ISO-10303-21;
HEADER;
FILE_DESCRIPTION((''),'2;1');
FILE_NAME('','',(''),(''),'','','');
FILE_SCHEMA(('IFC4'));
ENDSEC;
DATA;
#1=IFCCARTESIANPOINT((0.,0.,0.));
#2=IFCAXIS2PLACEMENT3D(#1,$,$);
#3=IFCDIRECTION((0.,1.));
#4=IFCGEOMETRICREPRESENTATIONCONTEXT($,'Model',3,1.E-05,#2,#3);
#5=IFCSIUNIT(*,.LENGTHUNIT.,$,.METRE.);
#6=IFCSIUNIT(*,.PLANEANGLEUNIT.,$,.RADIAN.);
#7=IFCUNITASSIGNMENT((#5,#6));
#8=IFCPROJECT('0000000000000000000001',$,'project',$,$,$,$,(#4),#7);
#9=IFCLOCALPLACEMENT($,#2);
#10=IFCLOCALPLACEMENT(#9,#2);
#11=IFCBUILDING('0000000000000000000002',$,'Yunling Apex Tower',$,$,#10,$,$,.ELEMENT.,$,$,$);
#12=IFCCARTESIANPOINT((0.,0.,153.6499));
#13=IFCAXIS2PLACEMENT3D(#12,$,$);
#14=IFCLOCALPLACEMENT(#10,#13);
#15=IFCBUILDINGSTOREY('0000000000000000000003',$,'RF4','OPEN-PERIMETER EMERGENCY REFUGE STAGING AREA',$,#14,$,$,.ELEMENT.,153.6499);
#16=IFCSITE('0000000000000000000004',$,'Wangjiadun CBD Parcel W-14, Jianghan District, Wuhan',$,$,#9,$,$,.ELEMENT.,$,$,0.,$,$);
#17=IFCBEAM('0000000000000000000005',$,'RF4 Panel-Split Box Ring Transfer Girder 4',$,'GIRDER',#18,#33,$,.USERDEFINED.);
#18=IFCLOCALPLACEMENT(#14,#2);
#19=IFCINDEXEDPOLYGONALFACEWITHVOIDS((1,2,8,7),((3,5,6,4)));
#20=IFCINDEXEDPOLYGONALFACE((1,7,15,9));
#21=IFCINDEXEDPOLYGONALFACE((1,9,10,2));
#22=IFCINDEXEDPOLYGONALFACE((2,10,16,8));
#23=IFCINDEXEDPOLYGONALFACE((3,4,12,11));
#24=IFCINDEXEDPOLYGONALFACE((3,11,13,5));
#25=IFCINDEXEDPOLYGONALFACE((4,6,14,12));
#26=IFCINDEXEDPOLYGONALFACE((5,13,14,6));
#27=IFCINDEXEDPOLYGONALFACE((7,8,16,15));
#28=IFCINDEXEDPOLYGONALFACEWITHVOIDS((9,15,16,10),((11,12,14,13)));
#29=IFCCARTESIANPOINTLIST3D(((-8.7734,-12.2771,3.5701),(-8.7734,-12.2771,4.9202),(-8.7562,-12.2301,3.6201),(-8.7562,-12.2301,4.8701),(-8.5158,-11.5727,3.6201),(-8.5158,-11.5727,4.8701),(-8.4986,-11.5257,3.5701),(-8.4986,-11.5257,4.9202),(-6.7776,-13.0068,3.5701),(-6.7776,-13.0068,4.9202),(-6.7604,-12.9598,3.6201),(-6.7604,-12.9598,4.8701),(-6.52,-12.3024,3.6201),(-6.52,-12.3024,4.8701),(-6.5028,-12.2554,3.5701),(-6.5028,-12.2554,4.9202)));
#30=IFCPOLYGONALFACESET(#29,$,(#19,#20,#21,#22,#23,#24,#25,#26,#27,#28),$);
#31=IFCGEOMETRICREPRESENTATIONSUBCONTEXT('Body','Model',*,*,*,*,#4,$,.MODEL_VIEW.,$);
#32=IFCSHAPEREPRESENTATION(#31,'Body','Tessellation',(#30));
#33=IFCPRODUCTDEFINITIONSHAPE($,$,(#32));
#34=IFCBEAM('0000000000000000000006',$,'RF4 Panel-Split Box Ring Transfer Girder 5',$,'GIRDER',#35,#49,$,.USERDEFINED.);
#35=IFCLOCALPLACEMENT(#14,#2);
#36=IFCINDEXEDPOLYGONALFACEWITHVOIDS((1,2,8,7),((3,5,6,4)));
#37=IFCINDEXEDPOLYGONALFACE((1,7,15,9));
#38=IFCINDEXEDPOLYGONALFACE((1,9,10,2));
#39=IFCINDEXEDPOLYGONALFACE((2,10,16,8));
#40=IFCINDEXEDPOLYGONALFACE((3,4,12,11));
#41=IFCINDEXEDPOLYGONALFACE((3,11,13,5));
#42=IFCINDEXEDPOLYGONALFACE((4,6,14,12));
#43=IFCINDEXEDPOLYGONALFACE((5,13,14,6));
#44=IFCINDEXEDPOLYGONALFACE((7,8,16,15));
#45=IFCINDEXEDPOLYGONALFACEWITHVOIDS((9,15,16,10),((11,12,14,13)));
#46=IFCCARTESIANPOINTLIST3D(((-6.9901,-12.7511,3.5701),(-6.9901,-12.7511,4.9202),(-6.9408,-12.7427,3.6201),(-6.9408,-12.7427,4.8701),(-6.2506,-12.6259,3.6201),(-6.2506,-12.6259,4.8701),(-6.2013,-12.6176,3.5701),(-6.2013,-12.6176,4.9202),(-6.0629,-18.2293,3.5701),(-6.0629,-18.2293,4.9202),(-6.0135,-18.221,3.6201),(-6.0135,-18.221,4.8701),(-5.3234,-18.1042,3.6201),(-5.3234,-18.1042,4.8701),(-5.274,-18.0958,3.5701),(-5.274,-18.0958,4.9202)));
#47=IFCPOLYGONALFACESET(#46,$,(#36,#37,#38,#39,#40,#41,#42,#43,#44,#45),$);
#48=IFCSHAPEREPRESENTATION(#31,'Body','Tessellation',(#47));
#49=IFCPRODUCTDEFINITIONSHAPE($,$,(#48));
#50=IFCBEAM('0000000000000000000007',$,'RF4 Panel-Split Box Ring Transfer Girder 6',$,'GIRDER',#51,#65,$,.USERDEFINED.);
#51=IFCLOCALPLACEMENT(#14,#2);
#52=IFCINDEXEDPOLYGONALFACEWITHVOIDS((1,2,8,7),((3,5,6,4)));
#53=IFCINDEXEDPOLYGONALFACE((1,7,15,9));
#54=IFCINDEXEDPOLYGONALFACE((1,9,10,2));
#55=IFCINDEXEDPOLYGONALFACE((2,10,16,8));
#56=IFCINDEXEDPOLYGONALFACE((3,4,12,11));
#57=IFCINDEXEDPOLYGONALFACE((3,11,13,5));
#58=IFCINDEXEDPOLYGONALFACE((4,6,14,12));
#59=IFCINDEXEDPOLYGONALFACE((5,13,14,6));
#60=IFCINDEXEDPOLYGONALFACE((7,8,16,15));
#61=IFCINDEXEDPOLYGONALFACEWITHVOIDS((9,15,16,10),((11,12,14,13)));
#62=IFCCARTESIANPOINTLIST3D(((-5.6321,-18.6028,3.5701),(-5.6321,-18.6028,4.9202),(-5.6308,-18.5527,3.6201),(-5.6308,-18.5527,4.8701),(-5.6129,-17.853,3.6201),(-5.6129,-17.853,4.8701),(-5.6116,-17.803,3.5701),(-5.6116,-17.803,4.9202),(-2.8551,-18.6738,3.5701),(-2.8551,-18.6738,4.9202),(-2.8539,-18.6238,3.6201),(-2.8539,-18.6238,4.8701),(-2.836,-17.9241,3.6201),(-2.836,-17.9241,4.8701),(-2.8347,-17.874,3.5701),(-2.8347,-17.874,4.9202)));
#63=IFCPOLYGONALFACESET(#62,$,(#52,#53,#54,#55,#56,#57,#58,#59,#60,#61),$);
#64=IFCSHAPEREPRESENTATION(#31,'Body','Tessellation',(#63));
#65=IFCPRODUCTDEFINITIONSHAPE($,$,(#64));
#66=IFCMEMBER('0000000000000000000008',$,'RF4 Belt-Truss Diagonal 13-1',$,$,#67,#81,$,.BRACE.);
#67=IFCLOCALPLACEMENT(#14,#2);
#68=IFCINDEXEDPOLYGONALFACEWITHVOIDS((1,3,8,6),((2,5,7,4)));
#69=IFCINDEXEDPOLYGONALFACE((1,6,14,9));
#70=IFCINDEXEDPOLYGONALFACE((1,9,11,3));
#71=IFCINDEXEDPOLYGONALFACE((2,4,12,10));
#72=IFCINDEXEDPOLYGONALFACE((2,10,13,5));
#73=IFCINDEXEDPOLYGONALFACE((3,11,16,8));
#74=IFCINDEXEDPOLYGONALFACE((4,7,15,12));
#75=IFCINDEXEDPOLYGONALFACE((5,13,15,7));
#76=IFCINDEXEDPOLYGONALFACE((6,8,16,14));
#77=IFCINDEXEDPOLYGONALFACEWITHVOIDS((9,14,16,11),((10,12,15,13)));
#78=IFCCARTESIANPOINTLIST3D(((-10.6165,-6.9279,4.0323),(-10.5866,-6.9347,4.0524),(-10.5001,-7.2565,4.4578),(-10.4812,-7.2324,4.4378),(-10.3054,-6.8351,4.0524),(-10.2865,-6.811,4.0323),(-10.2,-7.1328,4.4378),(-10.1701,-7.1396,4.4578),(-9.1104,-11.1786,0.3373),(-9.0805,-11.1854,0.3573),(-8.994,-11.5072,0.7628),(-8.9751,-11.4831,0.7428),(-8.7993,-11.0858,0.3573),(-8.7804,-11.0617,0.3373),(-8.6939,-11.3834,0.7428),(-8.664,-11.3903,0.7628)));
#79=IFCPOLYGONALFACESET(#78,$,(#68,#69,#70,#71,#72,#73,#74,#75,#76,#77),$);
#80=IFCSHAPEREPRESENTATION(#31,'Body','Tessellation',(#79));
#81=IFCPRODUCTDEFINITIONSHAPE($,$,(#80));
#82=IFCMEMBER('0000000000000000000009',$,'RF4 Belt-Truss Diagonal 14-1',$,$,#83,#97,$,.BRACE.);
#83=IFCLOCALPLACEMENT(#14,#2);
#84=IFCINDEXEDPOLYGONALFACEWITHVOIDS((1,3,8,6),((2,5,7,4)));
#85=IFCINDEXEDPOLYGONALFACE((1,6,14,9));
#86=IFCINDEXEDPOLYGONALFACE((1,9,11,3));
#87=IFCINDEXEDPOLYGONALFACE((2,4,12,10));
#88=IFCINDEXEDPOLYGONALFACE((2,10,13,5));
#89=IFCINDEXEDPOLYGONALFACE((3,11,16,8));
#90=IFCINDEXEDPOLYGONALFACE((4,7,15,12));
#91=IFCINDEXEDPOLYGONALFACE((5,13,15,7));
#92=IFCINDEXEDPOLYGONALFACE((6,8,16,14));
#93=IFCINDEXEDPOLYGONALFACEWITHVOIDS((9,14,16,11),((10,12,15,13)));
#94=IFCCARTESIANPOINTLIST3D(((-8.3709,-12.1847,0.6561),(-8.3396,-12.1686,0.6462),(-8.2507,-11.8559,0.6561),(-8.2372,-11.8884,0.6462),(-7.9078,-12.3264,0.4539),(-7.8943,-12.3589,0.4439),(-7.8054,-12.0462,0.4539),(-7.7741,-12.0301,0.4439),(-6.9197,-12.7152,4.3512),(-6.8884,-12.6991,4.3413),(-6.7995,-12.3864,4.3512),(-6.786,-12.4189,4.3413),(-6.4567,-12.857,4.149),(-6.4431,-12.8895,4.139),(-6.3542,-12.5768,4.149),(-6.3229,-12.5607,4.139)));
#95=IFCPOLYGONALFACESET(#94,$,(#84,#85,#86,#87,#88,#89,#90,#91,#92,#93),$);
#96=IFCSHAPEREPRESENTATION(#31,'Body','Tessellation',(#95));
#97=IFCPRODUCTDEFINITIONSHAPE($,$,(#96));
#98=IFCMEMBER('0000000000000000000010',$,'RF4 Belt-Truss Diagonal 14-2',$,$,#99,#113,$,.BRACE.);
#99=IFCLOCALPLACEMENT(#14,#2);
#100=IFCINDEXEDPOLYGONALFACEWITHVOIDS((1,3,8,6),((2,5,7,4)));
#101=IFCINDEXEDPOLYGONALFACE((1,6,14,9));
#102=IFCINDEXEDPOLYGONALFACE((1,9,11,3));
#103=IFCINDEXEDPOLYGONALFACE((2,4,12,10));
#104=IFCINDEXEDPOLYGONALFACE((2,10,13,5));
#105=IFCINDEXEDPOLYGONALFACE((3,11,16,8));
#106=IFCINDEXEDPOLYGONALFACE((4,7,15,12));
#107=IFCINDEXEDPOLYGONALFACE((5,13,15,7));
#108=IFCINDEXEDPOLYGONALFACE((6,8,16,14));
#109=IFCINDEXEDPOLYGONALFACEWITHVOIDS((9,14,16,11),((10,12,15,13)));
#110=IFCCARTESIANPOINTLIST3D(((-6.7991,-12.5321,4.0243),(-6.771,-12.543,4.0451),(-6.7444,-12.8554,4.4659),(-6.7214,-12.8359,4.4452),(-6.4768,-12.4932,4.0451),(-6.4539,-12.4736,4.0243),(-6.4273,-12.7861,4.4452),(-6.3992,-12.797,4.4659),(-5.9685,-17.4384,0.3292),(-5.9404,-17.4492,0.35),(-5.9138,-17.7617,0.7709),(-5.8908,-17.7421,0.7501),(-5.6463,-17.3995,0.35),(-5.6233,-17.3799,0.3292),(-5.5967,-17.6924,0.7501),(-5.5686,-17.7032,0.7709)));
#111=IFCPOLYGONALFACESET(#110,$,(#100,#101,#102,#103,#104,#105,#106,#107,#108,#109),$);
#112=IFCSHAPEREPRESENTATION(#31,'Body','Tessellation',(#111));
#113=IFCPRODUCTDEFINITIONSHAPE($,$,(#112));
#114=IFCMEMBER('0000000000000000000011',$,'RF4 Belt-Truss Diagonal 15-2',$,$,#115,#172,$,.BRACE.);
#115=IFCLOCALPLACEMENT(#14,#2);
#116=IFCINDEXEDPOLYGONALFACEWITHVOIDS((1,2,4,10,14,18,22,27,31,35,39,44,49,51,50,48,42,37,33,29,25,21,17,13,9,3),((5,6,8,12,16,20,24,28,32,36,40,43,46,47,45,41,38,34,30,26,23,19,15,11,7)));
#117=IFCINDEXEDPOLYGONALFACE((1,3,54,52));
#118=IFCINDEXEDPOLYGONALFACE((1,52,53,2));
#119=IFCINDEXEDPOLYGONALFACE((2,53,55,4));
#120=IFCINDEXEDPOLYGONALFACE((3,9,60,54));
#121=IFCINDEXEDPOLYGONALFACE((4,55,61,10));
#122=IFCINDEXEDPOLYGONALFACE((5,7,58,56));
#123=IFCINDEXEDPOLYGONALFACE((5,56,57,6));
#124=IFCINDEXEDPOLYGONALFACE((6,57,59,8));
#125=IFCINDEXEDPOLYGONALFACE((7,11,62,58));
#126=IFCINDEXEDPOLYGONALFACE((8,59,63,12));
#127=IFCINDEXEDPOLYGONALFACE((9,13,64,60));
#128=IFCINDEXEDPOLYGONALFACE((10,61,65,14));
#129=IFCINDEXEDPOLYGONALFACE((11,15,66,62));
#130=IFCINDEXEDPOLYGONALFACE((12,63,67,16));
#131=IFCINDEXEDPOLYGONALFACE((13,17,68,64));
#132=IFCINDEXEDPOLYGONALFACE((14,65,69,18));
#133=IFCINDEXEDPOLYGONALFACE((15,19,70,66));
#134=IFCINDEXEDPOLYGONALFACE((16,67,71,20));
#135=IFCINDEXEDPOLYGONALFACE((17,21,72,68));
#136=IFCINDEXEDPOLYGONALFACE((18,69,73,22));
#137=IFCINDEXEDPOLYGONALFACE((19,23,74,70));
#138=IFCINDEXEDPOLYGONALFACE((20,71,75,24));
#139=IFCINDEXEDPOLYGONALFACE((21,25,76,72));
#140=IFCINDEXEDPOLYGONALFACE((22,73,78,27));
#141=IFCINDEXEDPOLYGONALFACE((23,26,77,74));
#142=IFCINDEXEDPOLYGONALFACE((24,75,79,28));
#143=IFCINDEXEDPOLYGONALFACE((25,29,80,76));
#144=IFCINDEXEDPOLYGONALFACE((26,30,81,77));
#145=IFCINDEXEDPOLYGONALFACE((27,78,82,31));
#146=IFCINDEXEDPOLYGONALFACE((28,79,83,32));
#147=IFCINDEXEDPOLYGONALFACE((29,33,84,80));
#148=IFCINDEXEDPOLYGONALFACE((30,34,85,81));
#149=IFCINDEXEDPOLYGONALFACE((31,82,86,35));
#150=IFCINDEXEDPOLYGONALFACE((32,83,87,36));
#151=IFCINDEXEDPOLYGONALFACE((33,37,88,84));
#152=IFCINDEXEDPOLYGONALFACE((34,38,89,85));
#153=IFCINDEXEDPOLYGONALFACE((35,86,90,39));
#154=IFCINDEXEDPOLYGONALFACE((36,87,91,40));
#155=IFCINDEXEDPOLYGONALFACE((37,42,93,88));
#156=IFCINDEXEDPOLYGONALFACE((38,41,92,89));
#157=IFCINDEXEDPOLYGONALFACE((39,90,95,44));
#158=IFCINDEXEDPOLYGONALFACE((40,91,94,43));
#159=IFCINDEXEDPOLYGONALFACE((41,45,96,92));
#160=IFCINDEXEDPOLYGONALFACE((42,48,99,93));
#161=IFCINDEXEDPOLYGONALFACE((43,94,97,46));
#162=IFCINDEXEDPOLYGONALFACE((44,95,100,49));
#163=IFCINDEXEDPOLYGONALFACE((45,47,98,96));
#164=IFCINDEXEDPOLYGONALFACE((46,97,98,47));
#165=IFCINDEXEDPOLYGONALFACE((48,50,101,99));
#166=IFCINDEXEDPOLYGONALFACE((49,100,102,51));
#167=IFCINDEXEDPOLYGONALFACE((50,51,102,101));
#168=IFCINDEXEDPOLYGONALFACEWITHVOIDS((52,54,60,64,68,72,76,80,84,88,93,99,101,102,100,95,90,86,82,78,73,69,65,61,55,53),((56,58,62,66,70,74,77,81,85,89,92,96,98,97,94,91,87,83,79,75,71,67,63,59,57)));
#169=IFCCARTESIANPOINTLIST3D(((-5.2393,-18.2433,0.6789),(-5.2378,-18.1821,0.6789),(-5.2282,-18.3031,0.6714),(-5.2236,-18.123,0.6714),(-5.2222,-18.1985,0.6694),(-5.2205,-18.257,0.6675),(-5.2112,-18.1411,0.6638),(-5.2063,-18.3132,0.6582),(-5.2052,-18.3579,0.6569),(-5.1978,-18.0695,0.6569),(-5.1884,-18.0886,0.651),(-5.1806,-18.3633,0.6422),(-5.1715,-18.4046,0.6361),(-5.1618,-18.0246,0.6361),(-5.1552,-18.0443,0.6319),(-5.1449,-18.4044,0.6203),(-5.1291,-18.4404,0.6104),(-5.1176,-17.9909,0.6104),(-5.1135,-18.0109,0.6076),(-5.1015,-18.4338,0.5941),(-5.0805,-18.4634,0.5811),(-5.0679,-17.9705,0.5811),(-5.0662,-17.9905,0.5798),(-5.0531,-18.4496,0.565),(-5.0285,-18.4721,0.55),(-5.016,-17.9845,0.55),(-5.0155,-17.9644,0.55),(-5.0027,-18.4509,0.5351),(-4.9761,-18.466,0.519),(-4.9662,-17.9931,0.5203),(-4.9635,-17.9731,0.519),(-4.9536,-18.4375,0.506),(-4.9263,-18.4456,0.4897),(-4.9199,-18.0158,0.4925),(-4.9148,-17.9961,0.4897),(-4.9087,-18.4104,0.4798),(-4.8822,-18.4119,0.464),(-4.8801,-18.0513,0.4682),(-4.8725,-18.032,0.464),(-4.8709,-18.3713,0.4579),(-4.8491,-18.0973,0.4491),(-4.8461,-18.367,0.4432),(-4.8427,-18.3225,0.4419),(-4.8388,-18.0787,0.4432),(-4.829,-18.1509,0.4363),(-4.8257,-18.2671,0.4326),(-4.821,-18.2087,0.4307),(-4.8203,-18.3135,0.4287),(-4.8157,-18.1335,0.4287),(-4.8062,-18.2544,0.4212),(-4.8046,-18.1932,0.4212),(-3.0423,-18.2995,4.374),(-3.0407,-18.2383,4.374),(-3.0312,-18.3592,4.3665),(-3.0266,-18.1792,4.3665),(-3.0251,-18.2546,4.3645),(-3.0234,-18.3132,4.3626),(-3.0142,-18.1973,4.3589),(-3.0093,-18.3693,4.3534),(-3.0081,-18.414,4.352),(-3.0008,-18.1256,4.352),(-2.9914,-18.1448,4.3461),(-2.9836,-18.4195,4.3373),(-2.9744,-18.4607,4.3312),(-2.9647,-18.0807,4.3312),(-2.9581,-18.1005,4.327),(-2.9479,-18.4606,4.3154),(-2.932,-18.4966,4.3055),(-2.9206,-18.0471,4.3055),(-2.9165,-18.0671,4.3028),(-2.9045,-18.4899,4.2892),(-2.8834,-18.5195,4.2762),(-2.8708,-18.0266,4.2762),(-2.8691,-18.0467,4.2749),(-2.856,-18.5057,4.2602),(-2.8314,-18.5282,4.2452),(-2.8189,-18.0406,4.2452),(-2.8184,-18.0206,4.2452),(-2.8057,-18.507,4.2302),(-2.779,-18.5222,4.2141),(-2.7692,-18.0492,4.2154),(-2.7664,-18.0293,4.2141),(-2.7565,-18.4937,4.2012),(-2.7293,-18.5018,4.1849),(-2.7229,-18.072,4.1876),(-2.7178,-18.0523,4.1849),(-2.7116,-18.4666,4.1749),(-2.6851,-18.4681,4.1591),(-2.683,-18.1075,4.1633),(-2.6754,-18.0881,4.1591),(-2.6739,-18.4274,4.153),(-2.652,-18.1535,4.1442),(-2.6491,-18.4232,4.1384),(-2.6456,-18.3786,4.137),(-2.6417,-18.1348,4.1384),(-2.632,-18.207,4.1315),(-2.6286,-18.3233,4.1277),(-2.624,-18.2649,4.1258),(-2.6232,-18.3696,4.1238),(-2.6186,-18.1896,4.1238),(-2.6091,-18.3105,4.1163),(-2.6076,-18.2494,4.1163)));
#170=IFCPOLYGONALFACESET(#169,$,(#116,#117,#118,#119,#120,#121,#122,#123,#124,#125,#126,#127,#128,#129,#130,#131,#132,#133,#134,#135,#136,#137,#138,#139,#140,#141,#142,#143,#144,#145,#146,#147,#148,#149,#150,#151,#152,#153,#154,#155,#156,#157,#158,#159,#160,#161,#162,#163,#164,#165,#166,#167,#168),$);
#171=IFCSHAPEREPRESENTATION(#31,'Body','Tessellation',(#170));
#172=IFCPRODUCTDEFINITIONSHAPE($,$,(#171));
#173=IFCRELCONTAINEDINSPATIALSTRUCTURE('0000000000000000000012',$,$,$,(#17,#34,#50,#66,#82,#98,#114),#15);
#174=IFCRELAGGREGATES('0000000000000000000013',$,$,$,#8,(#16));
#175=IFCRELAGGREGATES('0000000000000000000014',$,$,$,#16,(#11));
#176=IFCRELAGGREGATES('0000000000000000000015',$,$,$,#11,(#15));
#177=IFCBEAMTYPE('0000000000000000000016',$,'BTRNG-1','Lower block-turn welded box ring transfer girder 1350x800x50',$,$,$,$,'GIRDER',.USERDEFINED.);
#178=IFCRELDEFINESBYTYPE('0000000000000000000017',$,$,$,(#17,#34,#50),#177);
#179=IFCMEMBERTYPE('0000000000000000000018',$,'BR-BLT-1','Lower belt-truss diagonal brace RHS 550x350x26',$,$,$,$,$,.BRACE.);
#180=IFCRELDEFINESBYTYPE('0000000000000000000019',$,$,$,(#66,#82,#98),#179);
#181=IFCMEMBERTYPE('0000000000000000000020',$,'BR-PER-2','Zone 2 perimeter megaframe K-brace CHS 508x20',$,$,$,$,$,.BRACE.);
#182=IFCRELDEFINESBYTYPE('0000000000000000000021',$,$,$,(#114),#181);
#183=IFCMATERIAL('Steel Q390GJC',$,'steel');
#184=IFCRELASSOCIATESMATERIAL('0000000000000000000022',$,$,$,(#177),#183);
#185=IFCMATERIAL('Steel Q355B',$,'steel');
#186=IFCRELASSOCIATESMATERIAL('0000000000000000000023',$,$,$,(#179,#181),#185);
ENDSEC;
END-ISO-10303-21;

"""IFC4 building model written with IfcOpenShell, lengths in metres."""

from ifc_helpers import new_model, si_unit, direction, frame, origin, origin_2d, place, context, subcontext, project, spatial, hollow_rectangle, hollow_circle, extrude, source, transform, mapped, material, material_profile, profile_set, type_object, element, save


model = new_model("IFC4")

# Units and contexts
model_context = context("Model", 3, precision=1e-05, world=origin(), true_north=direction((0.0, 1.0)))
body_context = subcontext(model_context, "Body", "Model", "MODEL_VIEW")
ifc_project = project(units=[si_unit("LENGTHUNIT", "METRE"), si_unit("PLANEANGLEUNIT", "RADIAN")], contexts=[model_context])

# Site, building, storey
site_placement = place(None, origin())
site = spatial("IfcSite", under=ifc_project, at=site_placement, Name="Wangjiadun CBD Parcel W-14, Jianghan District, Wuhan", CompositionType="ELEMENT", RefElevation=0.0)
building_placement = place(site_placement, origin())
building = spatial("IfcBuilding", under=site, at=building_placement, Name="Yunling Apex Tower", CompositionType="ELEMENT")
storey_placement = place(building_placement, frame((0.0, 0.0, 153.6499)))
storey = spatial("IfcBuildingStorey", under=building, at=storey_placement, Name="RF4", Description="OPEN-PERIMETER EMERGENCY REFUGE STAGING AREA", CompositionType="ELEMENT", Elevation=153.6499)

# Shared definitions
ifc_material_1 = material(Name="Steel Q390GJC", Category="steel")

# Beams
ifc_material_profile_1 = material_profile(ifc_material_1, hollow_rectangle(XDim=0.8, YDim=1.3501, WallThickness=0.05, at=origin_2d()))
ifc_profile_set_1 = profile_set([ifc_material_profile_1], Name="Steel Q390GJC")
beam_type = type_object("IfcBeamType", Name="BTRNG-1", Description="Lower block-turn welded box ring transfer girder 1350x800x50", ElementType="GIRDER", PredefinedType="USERDEFINED", material=ifc_profile_set_1)
shared_shape_1 = source(origin(), body_context, "Body", "SweptSolid", [
    extrude(hollow_rectangle(XDim=0.8, YDim=1.3501, WallThickness=0.05, at=origin_2d()), origin(), (0.0, 0.0, 1.0), 2.125),
])
beam_1_placement = place(storey_placement, frame((-8.636, -11.9014, 4.2451), z_axis=(0.939192, -0.343394, 0.0), x_axis=(0.343394, 0.939192, 0.0)))
element("IfcBeam", 1, at=beam_1_placement, inside=storey, type_object=beam_type, Name="RF4 Panel-Split Box Ring Transfer Girder 4", ObjectType="GIRDER", PredefinedType="USERDEFINED", context=body_context, shape_type="MappedRepresentation", body=[
    mapped(shared_shape_1, transform((0.0, 0.0, 0.0), scale=1.0)),
])
shared_shape_2 = source(origin(), body_context, "Body", "SweptSolid", [
    extrude(hollow_rectangle(XDim=0.8, YDim=1.3501, WallThickness=0.05, at=origin_2d()), origin(), (0.0, 0.0, 1.0), 5.5562),
])
beam_2_placement = place(storey_placement, frame((-6.5957, -12.6843, 4.2451), z_axis=(0.166885, -0.985976, 0.0), x_axis=(0.985976, 0.166885, 0.0)))
element("IfcBeam", 2, at=beam_2_placement, inside=storey, type_object=beam_type, Name="RF4 Panel-Split Box Ring Transfer Girder 5", ObjectType="GIRDER", PredefinedType="USERDEFINED", context=body_context, shape_type="MappedRepresentation", body=[
    mapped(shared_shape_2, transform((0.0, 0.0, 0.0), scale=1.0)),
])
shared_shape_3 = source(origin(), body_context, "Body", "SweptSolid", [
    extrude(hollow_rectangle(XDim=0.8, YDim=1.3501, WallThickness=0.05, at=origin_2d()), origin(), (0.0, 0.0, 1.0), 2.7778),
])
beam_3_placement = place(storey_placement, frame((-5.6218, -18.2029, 4.2451), z_axis=(0.999673, -0.025576, 0.0), x_axis=(0.025576, 0.999673, 0.0)))
element("IfcBeam", 3, at=beam_3_placement, inside=storey, type_object=beam_type, Name="RF4 Panel-Split Box Ring Transfer Girder 6", ObjectType="GIRDER", PredefinedType="USERDEFINED", context=body_context, shape_type="MappedRepresentation", body=[
    mapped(shared_shape_3, transform((0.0, 0.0, 0.0), scale=1.0)),
])

# Members
ifc_material_2 = material(Name="Steel Q355B", Category="steel")
ifc_material_profile_2 = material_profile(ifc_material_2, hollow_rectangle(XDim=0.3501, YDim=0.55, WallThickness=0.0259, at=origin_2d()))
ifc_profile_set_2 = profile_set([ifc_material_profile_2], Name="Steel Q355B")
member_type_1 = type_object("IfcMemberType", Name="BR-BLT-1", Description="Lower belt-truss diagonal brace RHS 550x350x26", PredefinedType="BRACE", material=ifc_profile_set_2)
shared_shape_4 = source(origin(), body_context, "Body", "SweptSolid", [
    extrude(hollow_rectangle(XDim=0.3501, YDim=0.55, WallThickness=0.0259, at=origin_2d()), origin(), (0.0, 0.0, 1.0), 5.8301),
])
member_1_placement = place(storey_placement, frame((-8.8872, -11.2844, 0.55), z_axis=(-0.25833, 0.729095, 0.633787), x_axis=(-0.942583, -0.333972, 0.0)))
element("IfcMember", 4, at=member_1_placement, inside=storey, type_object=member_type_1, Name="RF4 Belt-Truss Diagonal 13-1", PredefinedType="BRACE", context=body_context, shape_type="MappedRepresentation", body=[
    mapped(shared_shape_4, transform((0.0, 0.0, 0.0), scale=1.0)),
])
shared_shape_5 = source(origin(), body_context, "Body", "SweptSolid", [
    extrude(hollow_rectangle(XDim=0.3501, YDim=0.55, WallThickness=0.0259, at=origin_2d()), origin(), (0.0, 0.0, 1.0), 4.0051),
])
member_2_placement = place(storey_placement, frame((-8.0725, -12.1074, 0.55), z_axis=(0.36233, -0.13246, 0.922589), x_axis=(0.343354, 0.939206, 0.0)))
element("IfcMember", 5, at=member_2_placement, inside=storey, type_object=member_type_1, Name="RF4 Belt-Truss Diagonal 14-1", PredefinedType="BRACE", context=body_context, shape_type="MappedRepresentation", body=[
    mapped(shared_shape_5, transform((0.0, 0.0, 0.0), scale=1.0)),
])
shared_shape_6 = source(origin(), body_context, "Body", "SweptSolid", [
    extrude(hollow_rectangle(XDim=0.3501, YDim=0.55, WallThickness=0.0259, at=origin_2d()), origin(), (0.0, 0.0, 1.0), 6.198),
])
member_3_placement = place(storey_placement, frame((-5.7686, -17.5708, 0.55), z_axis=(-0.134007, 0.791592, 0.596175), x_axis=(-0.985972, -0.166913, 0.0)))
element("IfcMember", 6, at=member_3_placement, inside=storey, type_object=member_type_1, Name="RF4 Belt-Truss Diagonal 14-2", PredefinedType="BRACE", context=body_context, shape_type="MappedRepresentation", body=[
    mapped(shared_shape_6, transform((0.0, 0.0, 0.0), scale=1.0)),
])
ifc_material_profile_3 = material_profile(ifc_material_2, hollow_circle(Radius=0.2539, WallThickness=0.02, at=origin_2d()))
ifc_profile_set_3 = profile_set([ifc_material_profile_3], Name="Steel Q355B")
member_type_2 = type_object("IfcMemberType", Name="BR-PER-2", Description="Zone 2 perimeter megaframe K-brace CHS 508x20", PredefinedType="BRACE", material=ifc_profile_set_3)
shared_shape_7 = source(origin(), body_context, "Body", "SweptSolid", [
    extrude(hollow_circle(Radius=0.2539, WallThickness=0.02, at=origin_2d()), origin(), (0.0, 0.0, 1.0), 4.2993),
])
member_4_placement = place(storey_placement, frame((-5.022, -18.2183, 0.55), z_axis=(0.511024, -0.013061, 0.859467), x_axis=(0.02555, 0.999674, 0.0)))
element("IfcMember", 7, at=member_4_placement, inside=storey, type_object=member_type_2, Name="RF4 Belt-Truss Diagonal 15-2", PredefinedType="BRACE", context=body_context, shape_type="MappedRepresentation", body=[
    mapped(shared_shape_7, transform((0.0, 0.0, 0.0), scale=1.0)),
])

save(model, "model.ifc")
